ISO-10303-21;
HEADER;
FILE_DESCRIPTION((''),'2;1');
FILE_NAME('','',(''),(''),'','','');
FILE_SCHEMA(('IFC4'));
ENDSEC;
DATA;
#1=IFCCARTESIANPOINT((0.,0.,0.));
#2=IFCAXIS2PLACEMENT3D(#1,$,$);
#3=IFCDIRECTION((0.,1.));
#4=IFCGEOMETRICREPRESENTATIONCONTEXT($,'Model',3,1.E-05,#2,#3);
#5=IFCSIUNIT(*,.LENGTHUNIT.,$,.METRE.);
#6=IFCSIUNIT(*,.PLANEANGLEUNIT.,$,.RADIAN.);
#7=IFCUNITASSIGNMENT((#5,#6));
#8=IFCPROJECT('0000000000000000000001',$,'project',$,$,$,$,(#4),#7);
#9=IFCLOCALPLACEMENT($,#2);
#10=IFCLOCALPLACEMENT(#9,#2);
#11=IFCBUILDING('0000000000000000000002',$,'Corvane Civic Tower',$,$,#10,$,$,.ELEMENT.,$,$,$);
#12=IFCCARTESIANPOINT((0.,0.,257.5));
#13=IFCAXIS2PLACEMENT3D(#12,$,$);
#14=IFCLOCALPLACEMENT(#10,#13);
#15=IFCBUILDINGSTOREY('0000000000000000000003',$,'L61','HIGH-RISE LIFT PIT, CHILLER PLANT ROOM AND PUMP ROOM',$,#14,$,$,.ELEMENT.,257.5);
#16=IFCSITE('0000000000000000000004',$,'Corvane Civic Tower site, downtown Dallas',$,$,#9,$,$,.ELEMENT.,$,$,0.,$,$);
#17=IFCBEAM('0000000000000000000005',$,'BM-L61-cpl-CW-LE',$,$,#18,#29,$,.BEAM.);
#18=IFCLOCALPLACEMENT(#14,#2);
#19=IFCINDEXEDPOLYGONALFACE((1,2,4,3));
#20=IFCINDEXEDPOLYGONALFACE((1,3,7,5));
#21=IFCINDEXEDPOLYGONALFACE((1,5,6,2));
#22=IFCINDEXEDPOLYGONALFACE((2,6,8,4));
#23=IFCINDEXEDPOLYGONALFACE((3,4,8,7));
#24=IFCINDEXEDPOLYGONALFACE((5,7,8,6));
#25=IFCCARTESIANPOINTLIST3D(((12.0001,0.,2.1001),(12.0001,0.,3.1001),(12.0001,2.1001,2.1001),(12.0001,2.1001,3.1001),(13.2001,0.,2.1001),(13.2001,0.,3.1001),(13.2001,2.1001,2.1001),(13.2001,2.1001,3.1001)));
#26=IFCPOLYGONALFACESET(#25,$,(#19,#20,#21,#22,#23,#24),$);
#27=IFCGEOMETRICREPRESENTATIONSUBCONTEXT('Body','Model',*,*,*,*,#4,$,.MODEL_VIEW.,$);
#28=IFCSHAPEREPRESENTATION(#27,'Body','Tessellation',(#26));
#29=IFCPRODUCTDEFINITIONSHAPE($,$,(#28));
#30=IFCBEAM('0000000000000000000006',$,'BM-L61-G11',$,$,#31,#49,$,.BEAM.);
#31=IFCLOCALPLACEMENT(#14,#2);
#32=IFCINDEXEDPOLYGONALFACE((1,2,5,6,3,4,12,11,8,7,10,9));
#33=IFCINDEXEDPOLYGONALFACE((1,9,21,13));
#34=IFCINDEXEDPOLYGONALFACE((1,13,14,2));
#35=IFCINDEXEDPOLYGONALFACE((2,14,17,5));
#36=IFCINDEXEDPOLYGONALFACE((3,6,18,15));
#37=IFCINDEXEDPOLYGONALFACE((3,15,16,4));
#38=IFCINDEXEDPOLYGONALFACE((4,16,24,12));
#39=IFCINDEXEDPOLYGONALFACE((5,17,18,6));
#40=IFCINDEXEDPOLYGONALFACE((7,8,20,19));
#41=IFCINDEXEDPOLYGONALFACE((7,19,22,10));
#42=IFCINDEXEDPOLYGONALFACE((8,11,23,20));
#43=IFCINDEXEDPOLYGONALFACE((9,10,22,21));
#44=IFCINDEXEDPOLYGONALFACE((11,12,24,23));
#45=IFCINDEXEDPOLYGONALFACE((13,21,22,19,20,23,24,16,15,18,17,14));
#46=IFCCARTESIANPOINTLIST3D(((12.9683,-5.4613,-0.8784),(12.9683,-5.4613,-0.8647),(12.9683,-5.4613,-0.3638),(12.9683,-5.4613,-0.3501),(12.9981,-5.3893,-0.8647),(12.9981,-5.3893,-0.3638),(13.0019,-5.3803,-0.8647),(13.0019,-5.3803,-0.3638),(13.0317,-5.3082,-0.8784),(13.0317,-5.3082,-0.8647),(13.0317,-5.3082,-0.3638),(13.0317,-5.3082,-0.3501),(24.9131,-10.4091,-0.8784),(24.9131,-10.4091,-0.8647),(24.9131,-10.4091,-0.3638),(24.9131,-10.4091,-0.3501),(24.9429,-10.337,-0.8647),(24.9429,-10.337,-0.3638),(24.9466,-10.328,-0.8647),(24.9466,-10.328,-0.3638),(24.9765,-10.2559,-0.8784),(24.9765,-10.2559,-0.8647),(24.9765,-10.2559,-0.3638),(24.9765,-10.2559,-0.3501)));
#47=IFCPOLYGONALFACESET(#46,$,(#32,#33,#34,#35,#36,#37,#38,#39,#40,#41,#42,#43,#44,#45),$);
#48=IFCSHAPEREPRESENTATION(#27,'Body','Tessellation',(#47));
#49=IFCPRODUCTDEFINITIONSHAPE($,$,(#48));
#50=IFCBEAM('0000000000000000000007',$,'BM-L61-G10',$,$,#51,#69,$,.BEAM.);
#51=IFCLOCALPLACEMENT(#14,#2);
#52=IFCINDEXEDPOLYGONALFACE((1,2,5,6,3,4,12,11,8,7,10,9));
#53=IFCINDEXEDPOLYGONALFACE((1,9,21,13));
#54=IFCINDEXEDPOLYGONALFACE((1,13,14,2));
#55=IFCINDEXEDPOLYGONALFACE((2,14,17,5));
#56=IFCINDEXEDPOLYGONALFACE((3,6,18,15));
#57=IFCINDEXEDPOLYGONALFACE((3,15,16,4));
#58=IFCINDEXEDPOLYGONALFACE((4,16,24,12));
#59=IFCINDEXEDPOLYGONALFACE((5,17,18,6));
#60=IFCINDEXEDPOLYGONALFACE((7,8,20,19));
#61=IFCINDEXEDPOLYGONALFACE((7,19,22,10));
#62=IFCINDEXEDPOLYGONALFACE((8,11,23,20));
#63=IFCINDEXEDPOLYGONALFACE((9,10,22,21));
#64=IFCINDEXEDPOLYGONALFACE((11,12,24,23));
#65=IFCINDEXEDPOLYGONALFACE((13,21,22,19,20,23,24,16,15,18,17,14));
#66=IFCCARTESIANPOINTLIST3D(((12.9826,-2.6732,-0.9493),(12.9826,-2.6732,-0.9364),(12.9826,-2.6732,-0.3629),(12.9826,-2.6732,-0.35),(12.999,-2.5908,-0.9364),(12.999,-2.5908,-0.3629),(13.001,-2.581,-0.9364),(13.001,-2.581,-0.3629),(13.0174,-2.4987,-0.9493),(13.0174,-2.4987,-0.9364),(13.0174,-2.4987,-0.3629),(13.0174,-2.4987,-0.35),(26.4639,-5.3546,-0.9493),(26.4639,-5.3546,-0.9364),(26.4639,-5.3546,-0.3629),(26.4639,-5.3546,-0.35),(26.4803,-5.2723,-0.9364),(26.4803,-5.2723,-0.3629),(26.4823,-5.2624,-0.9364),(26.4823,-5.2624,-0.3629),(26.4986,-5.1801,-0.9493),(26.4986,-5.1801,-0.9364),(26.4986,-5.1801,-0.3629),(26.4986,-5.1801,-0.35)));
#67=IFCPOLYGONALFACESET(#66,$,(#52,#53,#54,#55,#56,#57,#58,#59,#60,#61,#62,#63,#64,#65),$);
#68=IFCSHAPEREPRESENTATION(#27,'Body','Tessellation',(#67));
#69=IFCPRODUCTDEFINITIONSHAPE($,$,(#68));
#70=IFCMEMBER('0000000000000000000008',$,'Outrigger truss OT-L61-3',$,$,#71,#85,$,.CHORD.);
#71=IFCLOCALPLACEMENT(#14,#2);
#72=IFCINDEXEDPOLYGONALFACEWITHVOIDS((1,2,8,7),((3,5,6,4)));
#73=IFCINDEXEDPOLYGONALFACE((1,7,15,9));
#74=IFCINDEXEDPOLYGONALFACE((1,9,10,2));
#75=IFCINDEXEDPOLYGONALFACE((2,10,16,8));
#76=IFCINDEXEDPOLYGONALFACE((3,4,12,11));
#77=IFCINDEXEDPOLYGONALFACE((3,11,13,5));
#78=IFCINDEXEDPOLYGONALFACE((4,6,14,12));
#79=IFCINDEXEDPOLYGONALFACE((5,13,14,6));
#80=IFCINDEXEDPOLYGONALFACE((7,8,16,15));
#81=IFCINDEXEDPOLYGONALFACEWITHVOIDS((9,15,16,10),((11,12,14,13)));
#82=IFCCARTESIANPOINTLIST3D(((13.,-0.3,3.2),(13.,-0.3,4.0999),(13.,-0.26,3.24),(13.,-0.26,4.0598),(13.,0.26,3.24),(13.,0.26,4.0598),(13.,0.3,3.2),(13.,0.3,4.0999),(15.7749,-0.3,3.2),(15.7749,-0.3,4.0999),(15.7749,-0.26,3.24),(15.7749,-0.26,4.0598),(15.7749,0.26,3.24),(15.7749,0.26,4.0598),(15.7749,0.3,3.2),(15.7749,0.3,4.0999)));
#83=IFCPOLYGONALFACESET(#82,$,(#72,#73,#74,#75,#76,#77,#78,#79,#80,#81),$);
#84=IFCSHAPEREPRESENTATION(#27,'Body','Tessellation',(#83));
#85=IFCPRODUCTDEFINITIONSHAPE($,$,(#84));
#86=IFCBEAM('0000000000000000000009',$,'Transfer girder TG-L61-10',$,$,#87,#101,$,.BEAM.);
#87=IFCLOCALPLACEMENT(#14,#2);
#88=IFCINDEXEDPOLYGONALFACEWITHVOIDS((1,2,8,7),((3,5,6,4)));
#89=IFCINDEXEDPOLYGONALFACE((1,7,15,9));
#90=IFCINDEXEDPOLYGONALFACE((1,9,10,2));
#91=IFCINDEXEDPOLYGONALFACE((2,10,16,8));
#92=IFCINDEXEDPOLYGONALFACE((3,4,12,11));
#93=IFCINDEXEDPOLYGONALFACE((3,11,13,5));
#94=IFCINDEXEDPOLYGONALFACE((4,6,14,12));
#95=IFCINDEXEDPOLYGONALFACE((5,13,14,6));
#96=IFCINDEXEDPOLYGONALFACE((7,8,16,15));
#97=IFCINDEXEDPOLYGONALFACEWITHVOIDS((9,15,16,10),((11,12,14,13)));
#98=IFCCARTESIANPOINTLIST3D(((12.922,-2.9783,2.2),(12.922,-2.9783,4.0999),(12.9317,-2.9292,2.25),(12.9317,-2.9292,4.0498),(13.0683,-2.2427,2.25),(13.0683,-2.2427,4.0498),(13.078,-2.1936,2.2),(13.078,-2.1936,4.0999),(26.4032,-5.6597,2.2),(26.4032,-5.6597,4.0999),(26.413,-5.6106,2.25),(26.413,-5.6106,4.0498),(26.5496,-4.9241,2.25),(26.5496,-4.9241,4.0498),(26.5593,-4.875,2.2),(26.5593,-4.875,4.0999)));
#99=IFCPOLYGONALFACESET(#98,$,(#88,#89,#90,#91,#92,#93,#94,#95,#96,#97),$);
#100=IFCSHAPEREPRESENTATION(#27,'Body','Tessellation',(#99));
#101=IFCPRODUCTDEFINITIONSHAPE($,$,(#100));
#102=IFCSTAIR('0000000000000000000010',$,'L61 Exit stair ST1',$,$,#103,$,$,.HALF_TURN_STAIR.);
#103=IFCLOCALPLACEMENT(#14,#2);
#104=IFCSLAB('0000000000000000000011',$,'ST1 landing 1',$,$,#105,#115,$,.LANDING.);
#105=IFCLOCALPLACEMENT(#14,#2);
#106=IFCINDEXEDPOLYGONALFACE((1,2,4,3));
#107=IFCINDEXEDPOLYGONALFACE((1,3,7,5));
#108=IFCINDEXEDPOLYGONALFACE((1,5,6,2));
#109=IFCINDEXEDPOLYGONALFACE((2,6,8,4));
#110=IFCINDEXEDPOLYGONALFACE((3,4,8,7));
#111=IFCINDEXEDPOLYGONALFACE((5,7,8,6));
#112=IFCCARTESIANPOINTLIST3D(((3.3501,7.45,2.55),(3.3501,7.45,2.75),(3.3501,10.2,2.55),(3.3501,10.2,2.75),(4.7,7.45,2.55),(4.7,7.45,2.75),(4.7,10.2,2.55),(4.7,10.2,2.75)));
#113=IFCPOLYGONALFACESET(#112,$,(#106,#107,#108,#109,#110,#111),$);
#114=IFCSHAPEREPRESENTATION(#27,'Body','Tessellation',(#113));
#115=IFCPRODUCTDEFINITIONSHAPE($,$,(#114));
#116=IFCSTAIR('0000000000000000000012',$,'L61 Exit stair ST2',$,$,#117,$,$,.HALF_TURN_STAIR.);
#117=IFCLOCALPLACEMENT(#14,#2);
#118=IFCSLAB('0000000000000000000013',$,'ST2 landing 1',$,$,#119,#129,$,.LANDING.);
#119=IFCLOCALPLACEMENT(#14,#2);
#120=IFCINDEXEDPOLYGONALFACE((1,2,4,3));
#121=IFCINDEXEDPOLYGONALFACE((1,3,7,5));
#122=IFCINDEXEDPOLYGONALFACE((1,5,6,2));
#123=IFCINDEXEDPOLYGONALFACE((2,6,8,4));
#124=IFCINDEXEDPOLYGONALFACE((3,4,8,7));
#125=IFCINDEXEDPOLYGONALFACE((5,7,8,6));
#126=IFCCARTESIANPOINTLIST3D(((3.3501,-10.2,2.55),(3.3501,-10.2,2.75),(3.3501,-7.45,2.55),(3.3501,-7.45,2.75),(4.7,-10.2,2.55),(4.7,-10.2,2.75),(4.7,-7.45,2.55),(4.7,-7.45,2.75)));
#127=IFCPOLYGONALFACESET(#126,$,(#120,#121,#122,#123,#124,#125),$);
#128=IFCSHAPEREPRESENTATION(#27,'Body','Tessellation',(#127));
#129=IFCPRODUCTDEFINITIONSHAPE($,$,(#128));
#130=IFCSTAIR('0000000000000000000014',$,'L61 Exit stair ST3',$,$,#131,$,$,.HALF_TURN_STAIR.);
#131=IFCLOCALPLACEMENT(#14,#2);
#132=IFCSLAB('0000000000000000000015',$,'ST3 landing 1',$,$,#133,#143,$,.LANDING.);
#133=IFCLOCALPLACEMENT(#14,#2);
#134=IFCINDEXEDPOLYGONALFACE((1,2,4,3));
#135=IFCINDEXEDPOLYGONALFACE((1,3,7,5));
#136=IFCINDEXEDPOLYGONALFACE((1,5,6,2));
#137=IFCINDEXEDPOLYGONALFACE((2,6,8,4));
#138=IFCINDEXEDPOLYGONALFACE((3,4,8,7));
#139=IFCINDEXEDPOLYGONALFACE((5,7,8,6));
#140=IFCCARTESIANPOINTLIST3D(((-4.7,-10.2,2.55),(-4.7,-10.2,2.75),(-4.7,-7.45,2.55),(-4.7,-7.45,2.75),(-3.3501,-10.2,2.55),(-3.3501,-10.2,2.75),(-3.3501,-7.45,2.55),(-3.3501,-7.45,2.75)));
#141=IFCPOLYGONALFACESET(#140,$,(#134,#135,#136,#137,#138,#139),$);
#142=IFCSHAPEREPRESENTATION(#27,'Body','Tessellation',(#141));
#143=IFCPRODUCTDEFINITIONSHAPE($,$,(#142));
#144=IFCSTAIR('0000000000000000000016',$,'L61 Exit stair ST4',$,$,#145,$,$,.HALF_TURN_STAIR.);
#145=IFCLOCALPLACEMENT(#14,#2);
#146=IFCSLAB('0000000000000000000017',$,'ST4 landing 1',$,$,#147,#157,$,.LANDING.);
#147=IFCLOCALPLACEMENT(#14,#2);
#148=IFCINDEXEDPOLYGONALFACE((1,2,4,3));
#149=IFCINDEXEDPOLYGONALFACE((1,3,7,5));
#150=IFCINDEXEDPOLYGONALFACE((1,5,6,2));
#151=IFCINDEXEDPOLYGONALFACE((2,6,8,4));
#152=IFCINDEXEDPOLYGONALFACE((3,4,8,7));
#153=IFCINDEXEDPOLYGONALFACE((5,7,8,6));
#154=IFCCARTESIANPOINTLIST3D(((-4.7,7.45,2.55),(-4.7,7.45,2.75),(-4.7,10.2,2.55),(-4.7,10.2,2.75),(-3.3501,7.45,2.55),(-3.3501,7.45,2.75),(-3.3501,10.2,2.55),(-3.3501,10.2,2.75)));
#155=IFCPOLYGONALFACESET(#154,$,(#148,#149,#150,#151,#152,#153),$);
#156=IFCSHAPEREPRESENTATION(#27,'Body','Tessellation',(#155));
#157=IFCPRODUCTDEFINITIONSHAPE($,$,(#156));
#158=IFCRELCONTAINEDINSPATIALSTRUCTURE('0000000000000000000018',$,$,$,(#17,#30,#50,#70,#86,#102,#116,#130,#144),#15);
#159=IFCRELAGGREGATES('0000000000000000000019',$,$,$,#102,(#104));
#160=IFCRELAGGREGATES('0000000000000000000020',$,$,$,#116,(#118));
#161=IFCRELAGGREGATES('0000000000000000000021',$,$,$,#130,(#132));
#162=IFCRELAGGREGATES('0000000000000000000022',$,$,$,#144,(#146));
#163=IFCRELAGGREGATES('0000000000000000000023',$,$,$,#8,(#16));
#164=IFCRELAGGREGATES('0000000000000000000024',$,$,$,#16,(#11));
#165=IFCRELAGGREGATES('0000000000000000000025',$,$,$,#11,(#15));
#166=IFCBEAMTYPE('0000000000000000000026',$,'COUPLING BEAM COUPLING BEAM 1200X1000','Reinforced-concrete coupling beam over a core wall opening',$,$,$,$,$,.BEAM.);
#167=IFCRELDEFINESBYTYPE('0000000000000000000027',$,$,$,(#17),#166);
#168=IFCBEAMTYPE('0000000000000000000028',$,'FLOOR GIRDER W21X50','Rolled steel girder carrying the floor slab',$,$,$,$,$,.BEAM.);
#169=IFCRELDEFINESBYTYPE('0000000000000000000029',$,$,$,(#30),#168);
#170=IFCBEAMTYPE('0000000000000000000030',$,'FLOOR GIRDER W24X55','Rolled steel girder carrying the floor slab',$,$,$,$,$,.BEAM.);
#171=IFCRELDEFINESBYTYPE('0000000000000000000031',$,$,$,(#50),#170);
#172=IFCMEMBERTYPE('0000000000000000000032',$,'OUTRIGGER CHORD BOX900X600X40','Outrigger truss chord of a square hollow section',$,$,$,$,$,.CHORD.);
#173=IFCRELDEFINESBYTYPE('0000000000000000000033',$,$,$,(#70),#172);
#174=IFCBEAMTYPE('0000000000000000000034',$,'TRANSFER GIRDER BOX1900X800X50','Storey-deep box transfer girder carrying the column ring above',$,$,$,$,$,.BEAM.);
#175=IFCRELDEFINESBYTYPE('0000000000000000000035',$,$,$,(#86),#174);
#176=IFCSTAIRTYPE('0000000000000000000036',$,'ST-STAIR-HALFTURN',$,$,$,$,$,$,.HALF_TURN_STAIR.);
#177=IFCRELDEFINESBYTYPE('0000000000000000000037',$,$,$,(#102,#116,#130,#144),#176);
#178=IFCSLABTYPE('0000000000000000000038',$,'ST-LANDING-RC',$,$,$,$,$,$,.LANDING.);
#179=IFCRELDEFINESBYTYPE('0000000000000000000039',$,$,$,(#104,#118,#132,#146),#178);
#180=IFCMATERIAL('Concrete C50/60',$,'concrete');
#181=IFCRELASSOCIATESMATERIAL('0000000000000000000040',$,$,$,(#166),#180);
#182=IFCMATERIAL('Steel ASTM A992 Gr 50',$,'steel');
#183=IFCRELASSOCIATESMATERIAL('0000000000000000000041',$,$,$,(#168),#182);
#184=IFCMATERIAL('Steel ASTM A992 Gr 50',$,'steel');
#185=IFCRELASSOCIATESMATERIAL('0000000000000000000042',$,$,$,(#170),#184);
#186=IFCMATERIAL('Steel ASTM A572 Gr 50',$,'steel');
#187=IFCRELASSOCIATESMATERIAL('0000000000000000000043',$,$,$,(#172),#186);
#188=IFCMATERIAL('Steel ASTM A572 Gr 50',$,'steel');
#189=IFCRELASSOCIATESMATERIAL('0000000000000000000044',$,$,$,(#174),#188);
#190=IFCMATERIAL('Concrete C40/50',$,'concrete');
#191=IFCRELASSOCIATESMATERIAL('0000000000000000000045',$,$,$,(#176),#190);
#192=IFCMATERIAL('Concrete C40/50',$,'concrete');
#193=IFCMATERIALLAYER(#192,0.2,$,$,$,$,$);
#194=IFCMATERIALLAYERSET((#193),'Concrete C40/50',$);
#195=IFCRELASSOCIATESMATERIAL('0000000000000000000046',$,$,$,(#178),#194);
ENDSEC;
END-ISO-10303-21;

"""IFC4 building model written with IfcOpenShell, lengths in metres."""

from ifc_helpers import new_model, si_unit, direction, frame, origin, origin_2d, place, context, subcontext, project, spatial, polyline, rectangle, hollow_rectangle, i_section, outline, extrude, material, layer, layer_set, material_profile, profile_set, type_object, element, aggregate, save


model = new_model("IFC4")

# Units and contexts
model_context = context("Model", 3, precision=1e-05, world=origin(), true_north=direction((0.0, 1.0)))
body_context = subcontext(model_context, "Body", "Model", "MODEL_VIEW")
ifc_project = project(units=[si_unit("LENGTHUNIT", "METRE"), si_unit("PLANEANGLEUNIT", "RADIAN")], contexts=[model_context])

# Site, building, storey
site_placement = place(None, origin())
site = spatial("IfcSite", under=ifc_project, at=site_placement, Name="Corvane Civic Tower site, downtown Dallas", CompositionType="ELEMENT", RefElevation=0.0)
building_placement = place(site_placement, origin())
building = spatial("IfcBuilding", under=site, at=building_placement, Name="Corvane Civic Tower", CompositionType="ELEMENT")
storey_placement = place(building_placement, frame((0.0, 0.0, 257.5)))
storey = spatial("IfcBuildingStorey", under=building, at=storey_placement, Name="L61", Description="HIGH-RISE LIFT PIT, CHILLER PLANT ROOM AND PUMP ROOM", CompositionType="ELEMENT", Elevation=257.5)

# Beams
ifc_material_1 = material(Name="Concrete C50/60", Category="concrete")
ifc_material_profile_1 = material_profile(ifc_material_1, rectangle(XDim=1.2, YDim=1.0, at=origin_2d()), Name="COUPLING BEAM 1200X1000")
ifc_profile_set_1 = profile_set([ifc_material_profile_1], Name="Concrete C50/60")
beam_type_1 = type_object("IfcBeamType", Name="COUPLING BEAM COUPLING BEAM 1200X1000", Description="Reinforced-concrete coupling beam over a core wall opening", PredefinedType="BEAM", material=ifc_profile_set_1)
beam_1_placement = place(storey_placement, frame((12.6001, 0.0, 2.6001), z_axis=(0.0, 1.0, 0.0), x_axis=(-1.0, 0.0, 0.0)))
element("IfcBeam", 1, at=beam_1_placement, inside=storey, type_object=beam_type_1, Name="BM-L61-cpl-CW-LE", PredefinedType="BEAM", context=body_context, shape_type="SweptSolid", body=[
    extrude(rectangle(XDim=1.2, YDim=1.0, at=origin_2d()), origin(), (0.0, 0.0, 1.0), 2.1001),
])
ifc_material_2 = material(Name="Steel ASTM A992 Gr 50", Category="steel")
ifc_material_profile_2 = material_profile(ifc_material_2, i_section(OverallWidth=0.1658, OverallDepth=0.5283, WebThickness=0.0098, FlangeThickness=0.0137, at=origin_2d()), Name="W21X50")
ifc_profile_set_2 = profile_set([ifc_material_profile_2], Name="Steel ASTM A992 Gr 50")
beam_type_2 = type_object("IfcBeamType", Name="FLOOR GIRDER W21X50", Description="Rolled steel girder carrying the floor slab", PredefinedType="BEAM", material=ifc_profile_set_2)
beam_2_placement = place(storey_placement, frame((13.0, -5.3848, -0.6143), z_axis=(0.923878, -0.382686, 0.0), x_axis=(0.382686, 0.923878, 0.0)))
element("IfcBeam", 2, at=beam_2_placement, inside=storey, type_object=beam_type_2, Name="BM-L61-G11", PredefinedType="BEAM", context=body_context, shape_type="SweptSolid", body=[
    extrude(i_section(OverallWidth=0.1658, OverallDepth=0.5283, WebThickness=0.0098, FlangeThickness=0.0137, at=origin_2d()), origin(), (0.0, 0.0, 1.0), 12.929),
])
ifc_material_3 = material(Name="Steel ASTM A992 Gr 50", Category="steel")
ifc_material_profile_3 = material_profile(ifc_material_3, i_section(OverallWidth=0.178, OverallDepth=0.5994, WebThickness=0.01, FlangeThickness=0.0129, at=origin_2d()), Name="W24X55")
ifc_profile_set_3 = profile_set([ifc_material_profile_3], Name="Steel ASTM A992 Gr 50")
beam_type_3 = type_object("IfcBeamType", Name="FLOOR GIRDER W24X55", Description="Rolled steel girder carrying the floor slab", PredefinedType="BEAM", material=ifc_profile_set_3)
beam_3_placement = place(storey_placement, frame((13.0, -2.5859, -0.6497), z_axis=(0.980788, -0.195078, 0.0), x_axis=(0.195078, 0.980788, 0.0)))
element("IfcBeam", 3, at=beam_3_placement, inside=storey, type_object=beam_type_3, Name="BM-L61-G10", PredefinedType="BEAM", context=body_context, shape_type="SweptSolid", body=[
    extrude(i_section(OverallWidth=0.178, OverallDepth=0.5994, WebThickness=0.01, FlangeThickness=0.0129, at=origin_2d()), origin(), (0.0, 0.0, 1.0), 13.7454),
])

# Member
ifc_material_4 = material(Name="Steel ASTM A572 Gr 50", Category="steel")
ifc_material_profile_4 = material_profile(ifc_material_4, hollow_rectangle(XDim=0.6001, YDim=0.8999, WallThickness=0.04, at=origin_2d()), Name="BOX900X600X40")
ifc_profile_set_4 = profile_set([ifc_material_profile_4], Name="Steel ASTM A572 Gr 50")
member_type = type_object("IfcMemberType", Name="OUTRIGGER CHORD BOX900X600X40", Description="Outrigger truss chord of a square hollow section", PredefinedType="CHORD", material=ifc_profile_set_4)
member_placement = place(storey_placement, frame((13.0, 0.0, 3.6499), z_axis=(1.0, 0.0, 0.0), x_axis=(0.0, 1.0, 0.0)))
element("IfcMember", 4, at=member_placement, inside=storey, type_object=member_type, Name="Outrigger truss OT-L61-3", PredefinedType="CHORD", context=body_context, shape_type="SweptSolid", body=[
    extrude(hollow_rectangle(XDim=0.6001, YDim=0.8999, WallThickness=0.04, at=origin_2d()), origin(), (0.0, 0.0, 1.0), 2.7749),
])

# Beam
ifc_material_5 = material(Name="Steel ASTM A572 Gr 50", Category="steel")
ifc_material_profile_5 = material_profile(ifc_material_5, hollow_rectangle(XDim=0.8, YDim=1.8999, WallThickness=0.05, at=origin_2d()), Name="BOX1900X800X50")
ifc_profile_set_5 = profile_set([ifc_material_profile_5], Name="Steel ASTM A572 Gr 50")
beam_type_4 = type_object("IfcBeamType", Name="TRANSFER GIRDER BOX1900X800X50", Description="Storey-deep box transfer girder carrying the column ring above", PredefinedType="BEAM", material=ifc_profile_set_5)
beam_4_placement = place(storey_placement, frame((13.0, -2.5859, 3.1499), z_axis=(0.980788, -0.195078, 0.0), x_axis=(0.195078, 0.980788, 0.0)))
element("IfcBeam", 5, at=beam_4_placement, inside=storey, type_object=beam_type_4, Name="Transfer girder TG-L61-10", PredefinedType="BEAM", context=body_context, shape_type="SweptSolid", body=[
    extrude(hollow_rectangle(XDim=0.8, YDim=1.8999, WallThickness=0.05, at=origin_2d()), origin(), (0.0, 0.0, 1.0), 13.7454),
])

# Stairs, slabs
ifc_material_6 = material(Name="Concrete C40/50", Category="concrete")
stair_type = type_object("IfcStairType", Name="ST-STAIR-HALFTURN", PredefinedType="HALF_TURN_STAIR", material=ifc_material_6)
stair_1_placement = place(storey_placement, origin())
stair_1 = element("IfcStair", 6, at=stair_1_placement, inside=storey, type_object=stair_type, Name="L61 Exit stair ST1", PredefinedType="HALF_TURN_STAIR")
ifc_material_7 = material(Name="Concrete C40/50", Category="concrete")
ifc_layer_1 = layer(ifc_material_7, 0.2)
ifc_layer_set_1 = layer_set([ifc_layer_1], Name="Concrete C40/50")
slab_type = type_object("IfcSlabType", Name="ST-LANDING-RC", PredefinedType="LANDING", material=ifc_layer_set_1)
slab_1_placement = place(storey_placement, frame((0.0, 0.0, 2.55)))
slab_1 = element("IfcSlab", 7, at=slab_1_placement, type_object=slab_type, Name="ST1 landing 1", PredefinedType="LANDING", context=body_context, shape_type="SweptSolid", body=[
    extrude(outline(polyline([(4.7, 10.2), (3.3501, 10.2), (3.3501, 7.45), (4.7, 7.45), (4.7, 10.2)])), origin(), (0.0, 0.0, 1.0), 0.2),
])
aggregate(stair_1, [slab_1])
stair_2_placement = place(storey_placement, origin())
stair_2 = element("IfcStair", 8, at=stair_2_placement, inside=storey, type_object=stair_type, Name="L61 Exit stair ST2", PredefinedType="HALF_TURN_STAIR")
slab_2_placement = place(storey_placement, frame((0.0, 0.0, 2.55)))
slab_2 = element("IfcSlab", 9, at=slab_2_placement, type_object=slab_type, Name="ST2 landing 1", PredefinedType="LANDING", context=body_context, shape_type="SweptSolid", body=[
    extrude(outline(polyline([(4.7, -7.45), (3.3501, -7.45), (3.3501, -10.2), (4.7, -10.2), (4.7, -7.45)])), origin(), (0.0, 0.0, 1.0), 0.2),
])
aggregate(stair_2, [slab_2])
stair_3_placement = place(storey_placement, origin())
stair_3 = element("IfcStair", 10, at=stair_3_placement, inside=storey, type_object=stair_type, Name="L61 Exit stair ST3", PredefinedType="HALF_TURN_STAIR")
slab_3_placement = place(storey_placement, frame((0.0, 0.0, 2.55)))
slab_3 = element("IfcSlab", 11, at=slab_3_placement, type_object=slab_type, Name="ST3 landing 1", PredefinedType="LANDING", context=body_context, shape_type="SweptSolid", body=[
    extrude(outline(polyline([(-4.7, -10.2), (-3.3501, -10.2), (-3.3501, -7.45), (-4.7, -7.45), (-4.7, -10.2)])), origin(), (0.0, 0.0, 1.0), 0.2),
])
aggregate(stair_3, [slab_3])
stair_4_placement = place(storey_placement, origin())
stair_4 = element("IfcStair", 12, at=stair_4_placement, inside=storey, type_object=stair_type, Name="L61 Exit stair ST4", PredefinedType="HALF_TURN_STAIR")
slab_4_placement = place(storey_placement, frame((0.0, 0.0, 2.55)))
slab_4 = element("IfcSlab", 13, at=slab_4_placement, type_object=slab_type, Name="ST4 landing 1", PredefinedType="LANDING", context=body_context, shape_type="SweptSolid", body=[
    extrude(outline(polyline([(-4.7, 7.45), (-3.3501, 7.45), (-3.3501, 10.2), (-4.7, 10.2), (-4.7, 7.45)])), origin(), (0.0, 0.0, 1.0), 0.2),
])
aggregate(stair_4, [slab_4])

save(model, "model.ifc")
